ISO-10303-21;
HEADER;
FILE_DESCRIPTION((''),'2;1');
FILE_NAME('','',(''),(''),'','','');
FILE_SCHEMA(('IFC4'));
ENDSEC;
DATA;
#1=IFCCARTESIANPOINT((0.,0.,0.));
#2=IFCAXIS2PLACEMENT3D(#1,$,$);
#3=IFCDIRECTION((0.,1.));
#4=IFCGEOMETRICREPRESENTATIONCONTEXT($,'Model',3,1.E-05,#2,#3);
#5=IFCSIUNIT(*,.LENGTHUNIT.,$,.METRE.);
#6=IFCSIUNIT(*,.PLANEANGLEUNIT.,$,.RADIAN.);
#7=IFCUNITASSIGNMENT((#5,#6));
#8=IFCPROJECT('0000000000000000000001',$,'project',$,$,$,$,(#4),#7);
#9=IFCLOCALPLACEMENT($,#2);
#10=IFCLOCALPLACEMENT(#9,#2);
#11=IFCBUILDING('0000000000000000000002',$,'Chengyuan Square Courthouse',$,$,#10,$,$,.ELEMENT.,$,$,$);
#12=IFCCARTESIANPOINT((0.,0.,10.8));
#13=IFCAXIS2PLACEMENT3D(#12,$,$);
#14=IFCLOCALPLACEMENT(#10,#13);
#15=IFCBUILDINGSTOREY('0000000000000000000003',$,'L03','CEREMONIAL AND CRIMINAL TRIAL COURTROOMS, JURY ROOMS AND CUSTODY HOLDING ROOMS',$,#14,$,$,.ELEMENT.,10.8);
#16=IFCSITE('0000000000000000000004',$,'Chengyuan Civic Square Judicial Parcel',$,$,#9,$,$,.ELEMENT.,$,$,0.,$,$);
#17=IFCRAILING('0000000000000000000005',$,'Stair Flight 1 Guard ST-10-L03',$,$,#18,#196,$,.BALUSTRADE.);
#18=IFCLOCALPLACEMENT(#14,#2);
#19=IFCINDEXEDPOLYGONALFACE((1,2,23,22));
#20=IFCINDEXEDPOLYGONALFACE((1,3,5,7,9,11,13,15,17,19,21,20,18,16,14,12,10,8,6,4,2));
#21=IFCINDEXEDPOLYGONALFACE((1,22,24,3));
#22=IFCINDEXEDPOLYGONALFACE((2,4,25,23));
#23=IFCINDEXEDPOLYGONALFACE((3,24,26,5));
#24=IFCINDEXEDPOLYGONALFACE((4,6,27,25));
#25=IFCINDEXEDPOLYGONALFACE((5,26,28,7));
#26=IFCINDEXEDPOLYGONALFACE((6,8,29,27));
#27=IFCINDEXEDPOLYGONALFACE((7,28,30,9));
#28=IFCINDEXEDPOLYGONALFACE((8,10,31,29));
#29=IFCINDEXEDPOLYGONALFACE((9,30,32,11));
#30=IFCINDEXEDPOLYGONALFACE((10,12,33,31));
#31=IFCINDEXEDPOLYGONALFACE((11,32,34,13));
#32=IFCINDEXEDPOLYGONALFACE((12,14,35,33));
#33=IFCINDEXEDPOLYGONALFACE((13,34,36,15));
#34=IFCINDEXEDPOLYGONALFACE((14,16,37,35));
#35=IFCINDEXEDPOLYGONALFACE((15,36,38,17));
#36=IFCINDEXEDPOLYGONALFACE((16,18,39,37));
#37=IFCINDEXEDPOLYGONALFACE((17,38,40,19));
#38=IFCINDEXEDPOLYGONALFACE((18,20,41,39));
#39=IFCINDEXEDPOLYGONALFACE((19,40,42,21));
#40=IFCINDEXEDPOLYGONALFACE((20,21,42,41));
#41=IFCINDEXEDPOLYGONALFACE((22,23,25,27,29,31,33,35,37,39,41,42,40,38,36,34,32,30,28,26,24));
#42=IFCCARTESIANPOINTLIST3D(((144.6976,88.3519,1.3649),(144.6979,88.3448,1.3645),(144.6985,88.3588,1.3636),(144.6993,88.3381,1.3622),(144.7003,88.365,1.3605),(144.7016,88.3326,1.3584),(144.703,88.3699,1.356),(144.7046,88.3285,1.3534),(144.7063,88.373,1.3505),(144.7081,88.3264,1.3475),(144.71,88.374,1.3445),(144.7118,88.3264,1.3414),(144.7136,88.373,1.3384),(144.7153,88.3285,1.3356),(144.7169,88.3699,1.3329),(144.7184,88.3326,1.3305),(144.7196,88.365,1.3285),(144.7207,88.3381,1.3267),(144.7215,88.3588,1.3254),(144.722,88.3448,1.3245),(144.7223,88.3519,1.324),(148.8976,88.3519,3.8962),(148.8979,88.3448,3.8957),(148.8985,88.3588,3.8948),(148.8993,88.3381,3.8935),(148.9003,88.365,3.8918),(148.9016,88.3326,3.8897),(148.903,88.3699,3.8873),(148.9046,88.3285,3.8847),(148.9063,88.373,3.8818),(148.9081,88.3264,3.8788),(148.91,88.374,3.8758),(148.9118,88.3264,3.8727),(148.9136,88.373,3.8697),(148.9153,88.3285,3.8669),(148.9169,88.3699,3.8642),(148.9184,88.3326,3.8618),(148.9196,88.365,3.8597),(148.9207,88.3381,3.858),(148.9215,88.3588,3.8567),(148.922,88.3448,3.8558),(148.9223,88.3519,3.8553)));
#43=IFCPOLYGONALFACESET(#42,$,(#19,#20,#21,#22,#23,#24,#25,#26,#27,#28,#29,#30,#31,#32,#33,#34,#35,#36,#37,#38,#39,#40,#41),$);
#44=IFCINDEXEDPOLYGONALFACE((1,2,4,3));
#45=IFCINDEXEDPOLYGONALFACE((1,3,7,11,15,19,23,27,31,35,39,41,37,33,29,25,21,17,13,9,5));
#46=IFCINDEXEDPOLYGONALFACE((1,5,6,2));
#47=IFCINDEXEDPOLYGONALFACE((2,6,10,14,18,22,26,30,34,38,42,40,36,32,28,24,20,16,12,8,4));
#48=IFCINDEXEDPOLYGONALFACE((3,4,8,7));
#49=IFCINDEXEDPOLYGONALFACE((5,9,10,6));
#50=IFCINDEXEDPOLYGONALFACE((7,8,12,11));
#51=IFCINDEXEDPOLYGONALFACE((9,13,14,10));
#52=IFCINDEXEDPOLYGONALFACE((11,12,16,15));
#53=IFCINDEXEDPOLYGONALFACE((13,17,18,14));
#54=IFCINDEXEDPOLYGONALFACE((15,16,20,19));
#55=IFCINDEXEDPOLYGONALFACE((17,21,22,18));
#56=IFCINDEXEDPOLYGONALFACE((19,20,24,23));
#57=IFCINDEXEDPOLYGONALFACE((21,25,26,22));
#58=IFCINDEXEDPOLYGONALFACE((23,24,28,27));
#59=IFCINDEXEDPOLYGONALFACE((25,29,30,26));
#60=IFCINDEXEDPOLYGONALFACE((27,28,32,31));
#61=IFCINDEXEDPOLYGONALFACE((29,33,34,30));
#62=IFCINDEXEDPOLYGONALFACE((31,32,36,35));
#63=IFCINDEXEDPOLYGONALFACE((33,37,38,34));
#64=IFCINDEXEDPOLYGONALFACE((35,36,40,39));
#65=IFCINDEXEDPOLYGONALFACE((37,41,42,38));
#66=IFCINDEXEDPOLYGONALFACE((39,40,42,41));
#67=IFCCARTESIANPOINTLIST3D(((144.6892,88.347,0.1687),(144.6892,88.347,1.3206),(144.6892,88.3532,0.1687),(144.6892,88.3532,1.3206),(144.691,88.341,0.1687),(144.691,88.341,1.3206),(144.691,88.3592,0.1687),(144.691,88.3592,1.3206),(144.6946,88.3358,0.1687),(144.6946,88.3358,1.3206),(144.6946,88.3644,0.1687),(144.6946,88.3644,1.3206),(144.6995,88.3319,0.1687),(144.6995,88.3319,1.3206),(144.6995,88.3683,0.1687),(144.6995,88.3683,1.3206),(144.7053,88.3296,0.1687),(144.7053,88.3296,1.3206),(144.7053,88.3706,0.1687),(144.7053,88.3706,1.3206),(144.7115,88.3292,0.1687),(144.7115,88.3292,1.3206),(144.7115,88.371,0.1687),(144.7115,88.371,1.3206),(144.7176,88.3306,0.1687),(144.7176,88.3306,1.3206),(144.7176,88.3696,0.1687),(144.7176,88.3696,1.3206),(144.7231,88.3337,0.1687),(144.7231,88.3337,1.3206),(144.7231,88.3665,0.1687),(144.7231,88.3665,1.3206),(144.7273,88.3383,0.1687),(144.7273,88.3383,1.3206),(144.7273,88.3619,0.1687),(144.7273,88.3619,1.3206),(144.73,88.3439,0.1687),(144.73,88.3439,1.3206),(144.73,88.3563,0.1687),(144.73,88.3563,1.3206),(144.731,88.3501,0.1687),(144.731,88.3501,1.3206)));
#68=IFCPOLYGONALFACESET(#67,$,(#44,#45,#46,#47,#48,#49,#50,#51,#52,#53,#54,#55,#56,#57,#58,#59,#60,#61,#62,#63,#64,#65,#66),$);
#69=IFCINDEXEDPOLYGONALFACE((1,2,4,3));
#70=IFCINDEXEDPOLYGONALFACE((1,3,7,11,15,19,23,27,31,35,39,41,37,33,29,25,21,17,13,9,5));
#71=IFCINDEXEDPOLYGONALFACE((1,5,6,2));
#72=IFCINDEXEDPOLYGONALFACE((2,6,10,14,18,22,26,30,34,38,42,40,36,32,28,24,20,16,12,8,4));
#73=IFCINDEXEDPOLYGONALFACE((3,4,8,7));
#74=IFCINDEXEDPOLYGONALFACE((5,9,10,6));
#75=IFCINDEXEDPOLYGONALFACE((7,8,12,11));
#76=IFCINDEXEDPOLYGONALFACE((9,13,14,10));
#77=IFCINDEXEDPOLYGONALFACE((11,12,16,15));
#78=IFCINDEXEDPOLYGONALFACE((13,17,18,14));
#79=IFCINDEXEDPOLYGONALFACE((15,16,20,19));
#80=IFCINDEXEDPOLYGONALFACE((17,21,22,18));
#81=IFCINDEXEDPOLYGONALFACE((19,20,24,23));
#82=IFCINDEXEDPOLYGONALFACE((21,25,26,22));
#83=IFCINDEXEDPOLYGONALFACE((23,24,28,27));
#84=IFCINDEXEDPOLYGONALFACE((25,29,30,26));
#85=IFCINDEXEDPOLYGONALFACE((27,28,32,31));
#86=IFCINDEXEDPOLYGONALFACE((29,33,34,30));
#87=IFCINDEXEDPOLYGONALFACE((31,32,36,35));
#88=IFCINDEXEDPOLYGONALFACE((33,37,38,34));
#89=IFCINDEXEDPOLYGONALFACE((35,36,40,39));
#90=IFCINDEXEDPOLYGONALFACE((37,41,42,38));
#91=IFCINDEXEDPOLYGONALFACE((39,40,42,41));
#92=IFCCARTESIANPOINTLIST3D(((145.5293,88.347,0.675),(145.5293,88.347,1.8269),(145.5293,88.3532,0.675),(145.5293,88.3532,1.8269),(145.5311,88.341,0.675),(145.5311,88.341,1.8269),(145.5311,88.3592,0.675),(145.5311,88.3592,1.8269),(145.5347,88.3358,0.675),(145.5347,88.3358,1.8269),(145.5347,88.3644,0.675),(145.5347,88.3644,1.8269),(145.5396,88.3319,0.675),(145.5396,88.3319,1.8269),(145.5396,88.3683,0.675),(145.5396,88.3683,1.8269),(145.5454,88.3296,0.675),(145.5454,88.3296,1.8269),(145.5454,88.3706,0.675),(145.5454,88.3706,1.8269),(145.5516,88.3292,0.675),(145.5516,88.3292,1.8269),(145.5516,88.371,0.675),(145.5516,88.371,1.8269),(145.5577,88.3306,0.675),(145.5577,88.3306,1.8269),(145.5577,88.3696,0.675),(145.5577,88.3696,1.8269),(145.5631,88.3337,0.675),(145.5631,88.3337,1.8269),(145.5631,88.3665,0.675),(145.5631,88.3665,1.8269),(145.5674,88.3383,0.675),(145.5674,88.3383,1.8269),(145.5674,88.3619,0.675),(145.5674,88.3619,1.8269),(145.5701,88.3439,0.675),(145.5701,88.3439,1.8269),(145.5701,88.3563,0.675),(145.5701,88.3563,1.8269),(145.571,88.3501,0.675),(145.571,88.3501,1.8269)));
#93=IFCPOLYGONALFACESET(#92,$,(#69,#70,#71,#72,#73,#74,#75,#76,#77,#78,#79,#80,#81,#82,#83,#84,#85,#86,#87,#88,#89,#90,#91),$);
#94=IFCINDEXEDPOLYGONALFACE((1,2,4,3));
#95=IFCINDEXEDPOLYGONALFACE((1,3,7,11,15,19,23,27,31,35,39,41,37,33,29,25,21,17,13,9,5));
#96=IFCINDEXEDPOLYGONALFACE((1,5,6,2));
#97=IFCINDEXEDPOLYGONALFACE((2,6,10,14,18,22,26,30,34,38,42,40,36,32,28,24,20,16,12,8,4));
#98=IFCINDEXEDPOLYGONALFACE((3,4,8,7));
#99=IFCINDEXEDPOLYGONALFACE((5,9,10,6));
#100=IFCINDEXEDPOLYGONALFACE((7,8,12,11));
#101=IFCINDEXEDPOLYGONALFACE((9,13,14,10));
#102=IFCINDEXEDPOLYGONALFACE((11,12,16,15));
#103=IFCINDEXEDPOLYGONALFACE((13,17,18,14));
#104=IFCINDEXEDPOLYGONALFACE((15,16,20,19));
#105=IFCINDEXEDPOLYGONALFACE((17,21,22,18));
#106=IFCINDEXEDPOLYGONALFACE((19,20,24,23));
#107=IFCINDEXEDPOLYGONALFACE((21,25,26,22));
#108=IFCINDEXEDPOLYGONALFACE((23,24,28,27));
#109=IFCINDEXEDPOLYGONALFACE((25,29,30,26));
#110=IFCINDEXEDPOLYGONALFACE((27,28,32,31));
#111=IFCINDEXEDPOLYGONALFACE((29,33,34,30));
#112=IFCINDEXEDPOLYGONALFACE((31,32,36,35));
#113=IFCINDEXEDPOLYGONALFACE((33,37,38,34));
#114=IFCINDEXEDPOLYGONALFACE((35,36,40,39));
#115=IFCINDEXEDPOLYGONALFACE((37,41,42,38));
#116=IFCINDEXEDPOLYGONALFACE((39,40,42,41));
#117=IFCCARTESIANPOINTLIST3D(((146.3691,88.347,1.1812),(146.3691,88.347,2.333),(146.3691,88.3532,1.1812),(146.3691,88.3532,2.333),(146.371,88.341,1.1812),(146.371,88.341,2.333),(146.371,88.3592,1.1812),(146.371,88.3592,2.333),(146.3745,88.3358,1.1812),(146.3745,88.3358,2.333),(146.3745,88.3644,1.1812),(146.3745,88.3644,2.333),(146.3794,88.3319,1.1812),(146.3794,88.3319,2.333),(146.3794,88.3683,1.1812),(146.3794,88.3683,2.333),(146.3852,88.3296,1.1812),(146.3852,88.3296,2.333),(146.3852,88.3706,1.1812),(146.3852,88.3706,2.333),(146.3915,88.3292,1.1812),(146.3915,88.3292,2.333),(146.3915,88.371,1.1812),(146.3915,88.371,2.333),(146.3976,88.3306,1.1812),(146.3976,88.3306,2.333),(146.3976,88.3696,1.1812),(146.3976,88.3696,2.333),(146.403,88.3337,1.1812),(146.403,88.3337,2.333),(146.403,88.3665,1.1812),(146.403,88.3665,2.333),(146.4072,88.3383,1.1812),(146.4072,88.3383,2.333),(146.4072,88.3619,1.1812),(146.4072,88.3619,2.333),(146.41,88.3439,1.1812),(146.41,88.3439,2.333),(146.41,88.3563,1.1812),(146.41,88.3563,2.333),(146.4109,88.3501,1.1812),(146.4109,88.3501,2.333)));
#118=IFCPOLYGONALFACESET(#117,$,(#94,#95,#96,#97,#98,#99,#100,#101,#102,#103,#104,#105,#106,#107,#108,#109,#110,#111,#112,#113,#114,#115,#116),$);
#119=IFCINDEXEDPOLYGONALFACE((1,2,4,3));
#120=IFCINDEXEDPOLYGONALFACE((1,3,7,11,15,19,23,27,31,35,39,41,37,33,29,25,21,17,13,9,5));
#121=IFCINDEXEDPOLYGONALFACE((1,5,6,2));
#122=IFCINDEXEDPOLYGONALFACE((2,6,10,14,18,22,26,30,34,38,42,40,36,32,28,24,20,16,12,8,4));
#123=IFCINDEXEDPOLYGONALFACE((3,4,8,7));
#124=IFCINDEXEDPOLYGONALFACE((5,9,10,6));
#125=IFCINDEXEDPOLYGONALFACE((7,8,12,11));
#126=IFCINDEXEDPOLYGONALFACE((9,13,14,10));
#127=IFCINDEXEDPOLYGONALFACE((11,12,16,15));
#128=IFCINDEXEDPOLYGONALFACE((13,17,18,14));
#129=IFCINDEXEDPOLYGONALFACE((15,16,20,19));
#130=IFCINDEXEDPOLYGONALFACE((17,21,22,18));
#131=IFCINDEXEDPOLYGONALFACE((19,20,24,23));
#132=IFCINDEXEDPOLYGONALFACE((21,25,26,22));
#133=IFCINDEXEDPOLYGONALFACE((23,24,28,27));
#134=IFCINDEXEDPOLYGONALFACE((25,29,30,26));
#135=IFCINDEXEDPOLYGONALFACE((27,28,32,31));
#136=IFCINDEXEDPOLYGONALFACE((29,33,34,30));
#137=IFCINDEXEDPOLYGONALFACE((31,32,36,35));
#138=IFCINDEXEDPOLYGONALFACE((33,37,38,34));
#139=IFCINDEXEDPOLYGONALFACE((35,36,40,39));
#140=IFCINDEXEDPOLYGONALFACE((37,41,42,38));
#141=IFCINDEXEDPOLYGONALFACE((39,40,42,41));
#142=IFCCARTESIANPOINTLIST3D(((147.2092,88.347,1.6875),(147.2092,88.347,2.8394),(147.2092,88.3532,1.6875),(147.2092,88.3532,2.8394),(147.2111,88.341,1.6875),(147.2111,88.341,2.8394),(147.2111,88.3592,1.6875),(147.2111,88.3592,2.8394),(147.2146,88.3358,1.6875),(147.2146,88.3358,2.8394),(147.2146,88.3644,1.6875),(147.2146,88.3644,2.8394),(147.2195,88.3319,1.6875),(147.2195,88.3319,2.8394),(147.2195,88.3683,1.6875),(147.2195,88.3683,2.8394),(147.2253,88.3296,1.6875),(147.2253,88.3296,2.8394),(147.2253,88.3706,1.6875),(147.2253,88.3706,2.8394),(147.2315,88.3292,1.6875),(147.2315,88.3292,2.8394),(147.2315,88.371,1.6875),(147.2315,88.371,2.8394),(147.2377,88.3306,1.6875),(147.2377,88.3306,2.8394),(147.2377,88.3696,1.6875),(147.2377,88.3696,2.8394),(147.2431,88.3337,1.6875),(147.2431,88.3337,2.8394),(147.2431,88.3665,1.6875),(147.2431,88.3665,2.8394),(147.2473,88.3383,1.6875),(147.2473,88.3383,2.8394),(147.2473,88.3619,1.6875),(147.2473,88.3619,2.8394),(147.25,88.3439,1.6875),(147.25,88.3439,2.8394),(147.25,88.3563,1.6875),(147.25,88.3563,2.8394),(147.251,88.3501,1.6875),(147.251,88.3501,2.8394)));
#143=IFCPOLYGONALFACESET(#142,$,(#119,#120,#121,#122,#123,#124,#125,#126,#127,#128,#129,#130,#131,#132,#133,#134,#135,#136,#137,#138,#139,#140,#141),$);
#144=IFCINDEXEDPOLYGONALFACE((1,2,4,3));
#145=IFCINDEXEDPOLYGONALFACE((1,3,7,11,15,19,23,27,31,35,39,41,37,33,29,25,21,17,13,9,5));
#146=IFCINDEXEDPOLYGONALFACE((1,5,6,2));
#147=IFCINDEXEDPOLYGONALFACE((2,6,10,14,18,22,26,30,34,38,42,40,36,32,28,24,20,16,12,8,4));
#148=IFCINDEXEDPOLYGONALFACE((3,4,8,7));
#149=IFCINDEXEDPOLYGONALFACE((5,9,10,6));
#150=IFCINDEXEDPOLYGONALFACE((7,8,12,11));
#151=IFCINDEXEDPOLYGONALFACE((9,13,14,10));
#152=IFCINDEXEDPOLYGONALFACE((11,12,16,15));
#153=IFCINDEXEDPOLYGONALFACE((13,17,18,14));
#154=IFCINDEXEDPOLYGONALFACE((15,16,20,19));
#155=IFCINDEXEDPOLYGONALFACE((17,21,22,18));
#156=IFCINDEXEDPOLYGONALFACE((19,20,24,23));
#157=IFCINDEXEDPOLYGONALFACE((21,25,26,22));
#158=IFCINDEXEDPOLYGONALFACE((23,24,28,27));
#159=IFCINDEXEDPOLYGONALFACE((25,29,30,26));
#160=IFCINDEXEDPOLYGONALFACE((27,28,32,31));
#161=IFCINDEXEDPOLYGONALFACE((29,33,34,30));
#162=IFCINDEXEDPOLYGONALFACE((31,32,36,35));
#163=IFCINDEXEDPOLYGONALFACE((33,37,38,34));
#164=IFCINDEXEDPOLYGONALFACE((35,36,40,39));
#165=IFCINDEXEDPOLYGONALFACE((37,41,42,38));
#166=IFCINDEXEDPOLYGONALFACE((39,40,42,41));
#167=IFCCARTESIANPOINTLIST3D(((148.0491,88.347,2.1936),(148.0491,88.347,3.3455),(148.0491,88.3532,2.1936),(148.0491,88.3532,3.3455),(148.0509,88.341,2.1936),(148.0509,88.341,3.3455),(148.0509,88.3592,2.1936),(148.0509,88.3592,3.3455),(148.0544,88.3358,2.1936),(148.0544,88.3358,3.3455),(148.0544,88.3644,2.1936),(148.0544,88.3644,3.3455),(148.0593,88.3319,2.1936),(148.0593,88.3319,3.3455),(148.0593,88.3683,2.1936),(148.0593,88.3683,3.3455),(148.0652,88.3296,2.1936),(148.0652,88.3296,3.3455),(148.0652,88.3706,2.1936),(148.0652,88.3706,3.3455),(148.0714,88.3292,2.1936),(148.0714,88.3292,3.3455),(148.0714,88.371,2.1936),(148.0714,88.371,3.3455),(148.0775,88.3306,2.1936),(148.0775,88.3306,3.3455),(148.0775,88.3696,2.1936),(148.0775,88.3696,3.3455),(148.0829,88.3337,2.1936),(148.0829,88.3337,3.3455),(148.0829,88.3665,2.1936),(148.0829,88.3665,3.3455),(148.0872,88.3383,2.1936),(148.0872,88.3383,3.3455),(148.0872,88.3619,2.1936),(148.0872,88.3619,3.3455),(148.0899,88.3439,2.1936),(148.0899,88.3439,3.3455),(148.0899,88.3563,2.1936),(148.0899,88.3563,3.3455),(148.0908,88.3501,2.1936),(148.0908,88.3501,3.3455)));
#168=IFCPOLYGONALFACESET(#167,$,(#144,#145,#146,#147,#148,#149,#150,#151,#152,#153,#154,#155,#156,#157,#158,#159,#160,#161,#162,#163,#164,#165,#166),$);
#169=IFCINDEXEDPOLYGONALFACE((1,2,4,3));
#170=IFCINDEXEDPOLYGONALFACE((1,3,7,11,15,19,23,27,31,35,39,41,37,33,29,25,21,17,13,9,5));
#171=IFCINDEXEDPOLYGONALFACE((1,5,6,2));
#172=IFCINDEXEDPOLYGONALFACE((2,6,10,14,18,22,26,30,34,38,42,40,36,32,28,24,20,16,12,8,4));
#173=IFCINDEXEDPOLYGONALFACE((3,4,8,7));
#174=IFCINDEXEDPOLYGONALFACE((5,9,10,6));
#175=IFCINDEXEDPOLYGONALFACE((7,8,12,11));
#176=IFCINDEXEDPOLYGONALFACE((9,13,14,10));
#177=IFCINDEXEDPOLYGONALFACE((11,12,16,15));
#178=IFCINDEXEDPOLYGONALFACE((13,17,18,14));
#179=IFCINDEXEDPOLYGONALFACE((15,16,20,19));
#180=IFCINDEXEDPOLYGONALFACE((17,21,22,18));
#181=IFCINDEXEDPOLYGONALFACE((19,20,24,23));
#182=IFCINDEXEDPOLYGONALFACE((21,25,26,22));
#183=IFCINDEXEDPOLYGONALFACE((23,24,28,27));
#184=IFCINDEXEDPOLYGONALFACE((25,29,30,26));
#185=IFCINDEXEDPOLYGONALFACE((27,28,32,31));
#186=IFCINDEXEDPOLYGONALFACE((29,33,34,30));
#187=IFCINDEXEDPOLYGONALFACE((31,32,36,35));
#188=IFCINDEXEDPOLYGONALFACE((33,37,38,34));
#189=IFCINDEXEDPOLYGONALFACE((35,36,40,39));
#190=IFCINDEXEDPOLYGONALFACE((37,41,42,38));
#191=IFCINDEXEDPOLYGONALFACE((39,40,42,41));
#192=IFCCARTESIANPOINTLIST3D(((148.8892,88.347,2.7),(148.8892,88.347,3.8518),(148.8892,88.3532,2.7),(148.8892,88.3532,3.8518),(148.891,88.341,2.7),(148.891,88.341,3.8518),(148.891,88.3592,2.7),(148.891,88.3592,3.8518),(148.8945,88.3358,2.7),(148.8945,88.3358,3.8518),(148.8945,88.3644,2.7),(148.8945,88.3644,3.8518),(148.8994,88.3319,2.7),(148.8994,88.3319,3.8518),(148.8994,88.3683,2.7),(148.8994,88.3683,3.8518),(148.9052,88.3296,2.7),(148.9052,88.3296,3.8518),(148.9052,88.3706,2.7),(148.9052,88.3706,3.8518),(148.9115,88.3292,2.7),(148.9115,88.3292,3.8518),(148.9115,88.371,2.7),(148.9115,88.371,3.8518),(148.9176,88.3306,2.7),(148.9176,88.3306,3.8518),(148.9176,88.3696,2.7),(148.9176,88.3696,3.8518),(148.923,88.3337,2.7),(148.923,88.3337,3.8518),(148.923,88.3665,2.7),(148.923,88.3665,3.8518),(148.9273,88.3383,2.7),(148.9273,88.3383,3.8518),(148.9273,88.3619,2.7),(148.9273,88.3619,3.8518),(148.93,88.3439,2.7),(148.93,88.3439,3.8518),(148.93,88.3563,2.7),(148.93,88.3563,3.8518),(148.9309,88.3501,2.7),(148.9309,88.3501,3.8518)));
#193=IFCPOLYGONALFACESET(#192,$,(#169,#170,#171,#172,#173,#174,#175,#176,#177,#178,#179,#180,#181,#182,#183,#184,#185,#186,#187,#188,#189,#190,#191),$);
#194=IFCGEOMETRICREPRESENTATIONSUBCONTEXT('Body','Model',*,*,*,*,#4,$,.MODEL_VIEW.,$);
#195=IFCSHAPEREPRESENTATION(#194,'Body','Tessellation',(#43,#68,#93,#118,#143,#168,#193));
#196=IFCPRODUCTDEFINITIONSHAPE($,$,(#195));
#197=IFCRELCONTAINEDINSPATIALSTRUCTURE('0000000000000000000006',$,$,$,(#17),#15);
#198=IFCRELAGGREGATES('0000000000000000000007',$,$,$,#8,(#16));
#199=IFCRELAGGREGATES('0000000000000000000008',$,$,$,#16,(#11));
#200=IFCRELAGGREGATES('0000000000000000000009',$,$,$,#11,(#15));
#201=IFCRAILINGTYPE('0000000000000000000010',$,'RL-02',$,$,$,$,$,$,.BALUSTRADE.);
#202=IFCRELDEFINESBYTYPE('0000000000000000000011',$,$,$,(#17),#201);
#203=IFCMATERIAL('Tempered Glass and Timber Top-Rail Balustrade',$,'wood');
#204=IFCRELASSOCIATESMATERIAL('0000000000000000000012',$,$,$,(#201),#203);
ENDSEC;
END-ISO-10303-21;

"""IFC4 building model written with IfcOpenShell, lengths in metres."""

from ifc_helpers import new_model, si_unit, direction, frame, origin, origin_2d, place, context, subcontext, project, spatial, circle, extrude, material, type_object, element, save


model = new_model("IFC4")

# Units and contexts
model_context = context("Model", 3, precision=1e-05, world=origin(), true_north=direction((0.0, 1.0)))
body_context = subcontext(model_context, "Body", "Model", "MODEL_VIEW")
ifc_project = project(units=[si_unit("LENGTHUNIT", "METRE"), si_unit("PLANEANGLEUNIT", "RADIAN")], contexts=[model_context])

# Site, building, storey
site_placement = place(None, origin())
site = spatial("IfcSite", under=ifc_project, at=site_placement, Name="Chengyuan Civic Square Judicial Parcel", CompositionType="ELEMENT", RefElevation=0.0)
building_placement = place(site_placement, origin())
building = spatial("IfcBuilding", under=site, at=building_placement, Name="Chengyuan Square Courthouse", CompositionType="ELEMENT")
storey_placement = place(building_placement, frame((0.0, 0.0, 10.8)))
storey = spatial("IfcBuildingStorey", under=building, at=storey_placement, Name="L03", Description="CEREMONIAL AND CRIMINAL TRIAL COURTROOMS, JURY ROOMS AND CUSTODY HOLDING ROOMS", CompositionType="ELEMENT", Elevation=10.8)

# Railing
ifc_material_1 = material(Name="Tempered Glass and Timber Top-Rail Balustrade", Category="wood")
railing_type_1 = type_object("IfcRailingType", Name="RL-02", PredefinedType="BALUSTRADE", material=ifc_material_1)
railing_1_placement = place(storey_placement, frame((144.71, 88.3501, 0.1687)))
element("IfcRailing", 1, at=railing_1_placement, inside=storey, type_object=railing_type_1, Name="Stair Flight 1 Guard ST-10-L03", PredefinedType="BALUSTRADE", context=body_context, shape_type="SweptSolid", body=[
    extrude(circle(Radius=0.0239, at=origin_2d()), frame((0.0, 0.0, 1.1758), z_axis=(0.856476, 0.0, 0.516186), x_axis=(0.0, 1.0, 0.0)), (0.0, 0.0, 1.0), 4.9038),
    extrude(circle(Radius=0.021, at=origin_2d()), origin(), (0.0, 0.0, 1.0), 1.1519),
    extrude(circle(Radius=0.021, at=origin_2d()), frame((0.8401, 0.0, 0.5063)), (0.0, 0.0, 1.0), 1.1519),
    extrude(circle(Radius=0.021, at=origin_2d()), frame((1.6799, 0.0, 1.0125)), (0.0, 0.0, 1.0), 1.1519),
    extrude(circle(Radius=0.021, at=origin_2d()), frame((2.52, 0.0, 1.5188)), (0.0, 0.0, 1.0), 1.1519),
    extrude(circle(Radius=0.021, at=origin_2d()), frame((3.3599, 0.0, 2.0249)), (0.0, 0.0, 1.0), 1.1519),
    extrude(circle(Radius=0.021, at=origin_2d()), frame((4.2, 0.0, 2.5312)), (0.0, 0.0, 1.0), 1.1519),
])

save(model, "model.ifc")
